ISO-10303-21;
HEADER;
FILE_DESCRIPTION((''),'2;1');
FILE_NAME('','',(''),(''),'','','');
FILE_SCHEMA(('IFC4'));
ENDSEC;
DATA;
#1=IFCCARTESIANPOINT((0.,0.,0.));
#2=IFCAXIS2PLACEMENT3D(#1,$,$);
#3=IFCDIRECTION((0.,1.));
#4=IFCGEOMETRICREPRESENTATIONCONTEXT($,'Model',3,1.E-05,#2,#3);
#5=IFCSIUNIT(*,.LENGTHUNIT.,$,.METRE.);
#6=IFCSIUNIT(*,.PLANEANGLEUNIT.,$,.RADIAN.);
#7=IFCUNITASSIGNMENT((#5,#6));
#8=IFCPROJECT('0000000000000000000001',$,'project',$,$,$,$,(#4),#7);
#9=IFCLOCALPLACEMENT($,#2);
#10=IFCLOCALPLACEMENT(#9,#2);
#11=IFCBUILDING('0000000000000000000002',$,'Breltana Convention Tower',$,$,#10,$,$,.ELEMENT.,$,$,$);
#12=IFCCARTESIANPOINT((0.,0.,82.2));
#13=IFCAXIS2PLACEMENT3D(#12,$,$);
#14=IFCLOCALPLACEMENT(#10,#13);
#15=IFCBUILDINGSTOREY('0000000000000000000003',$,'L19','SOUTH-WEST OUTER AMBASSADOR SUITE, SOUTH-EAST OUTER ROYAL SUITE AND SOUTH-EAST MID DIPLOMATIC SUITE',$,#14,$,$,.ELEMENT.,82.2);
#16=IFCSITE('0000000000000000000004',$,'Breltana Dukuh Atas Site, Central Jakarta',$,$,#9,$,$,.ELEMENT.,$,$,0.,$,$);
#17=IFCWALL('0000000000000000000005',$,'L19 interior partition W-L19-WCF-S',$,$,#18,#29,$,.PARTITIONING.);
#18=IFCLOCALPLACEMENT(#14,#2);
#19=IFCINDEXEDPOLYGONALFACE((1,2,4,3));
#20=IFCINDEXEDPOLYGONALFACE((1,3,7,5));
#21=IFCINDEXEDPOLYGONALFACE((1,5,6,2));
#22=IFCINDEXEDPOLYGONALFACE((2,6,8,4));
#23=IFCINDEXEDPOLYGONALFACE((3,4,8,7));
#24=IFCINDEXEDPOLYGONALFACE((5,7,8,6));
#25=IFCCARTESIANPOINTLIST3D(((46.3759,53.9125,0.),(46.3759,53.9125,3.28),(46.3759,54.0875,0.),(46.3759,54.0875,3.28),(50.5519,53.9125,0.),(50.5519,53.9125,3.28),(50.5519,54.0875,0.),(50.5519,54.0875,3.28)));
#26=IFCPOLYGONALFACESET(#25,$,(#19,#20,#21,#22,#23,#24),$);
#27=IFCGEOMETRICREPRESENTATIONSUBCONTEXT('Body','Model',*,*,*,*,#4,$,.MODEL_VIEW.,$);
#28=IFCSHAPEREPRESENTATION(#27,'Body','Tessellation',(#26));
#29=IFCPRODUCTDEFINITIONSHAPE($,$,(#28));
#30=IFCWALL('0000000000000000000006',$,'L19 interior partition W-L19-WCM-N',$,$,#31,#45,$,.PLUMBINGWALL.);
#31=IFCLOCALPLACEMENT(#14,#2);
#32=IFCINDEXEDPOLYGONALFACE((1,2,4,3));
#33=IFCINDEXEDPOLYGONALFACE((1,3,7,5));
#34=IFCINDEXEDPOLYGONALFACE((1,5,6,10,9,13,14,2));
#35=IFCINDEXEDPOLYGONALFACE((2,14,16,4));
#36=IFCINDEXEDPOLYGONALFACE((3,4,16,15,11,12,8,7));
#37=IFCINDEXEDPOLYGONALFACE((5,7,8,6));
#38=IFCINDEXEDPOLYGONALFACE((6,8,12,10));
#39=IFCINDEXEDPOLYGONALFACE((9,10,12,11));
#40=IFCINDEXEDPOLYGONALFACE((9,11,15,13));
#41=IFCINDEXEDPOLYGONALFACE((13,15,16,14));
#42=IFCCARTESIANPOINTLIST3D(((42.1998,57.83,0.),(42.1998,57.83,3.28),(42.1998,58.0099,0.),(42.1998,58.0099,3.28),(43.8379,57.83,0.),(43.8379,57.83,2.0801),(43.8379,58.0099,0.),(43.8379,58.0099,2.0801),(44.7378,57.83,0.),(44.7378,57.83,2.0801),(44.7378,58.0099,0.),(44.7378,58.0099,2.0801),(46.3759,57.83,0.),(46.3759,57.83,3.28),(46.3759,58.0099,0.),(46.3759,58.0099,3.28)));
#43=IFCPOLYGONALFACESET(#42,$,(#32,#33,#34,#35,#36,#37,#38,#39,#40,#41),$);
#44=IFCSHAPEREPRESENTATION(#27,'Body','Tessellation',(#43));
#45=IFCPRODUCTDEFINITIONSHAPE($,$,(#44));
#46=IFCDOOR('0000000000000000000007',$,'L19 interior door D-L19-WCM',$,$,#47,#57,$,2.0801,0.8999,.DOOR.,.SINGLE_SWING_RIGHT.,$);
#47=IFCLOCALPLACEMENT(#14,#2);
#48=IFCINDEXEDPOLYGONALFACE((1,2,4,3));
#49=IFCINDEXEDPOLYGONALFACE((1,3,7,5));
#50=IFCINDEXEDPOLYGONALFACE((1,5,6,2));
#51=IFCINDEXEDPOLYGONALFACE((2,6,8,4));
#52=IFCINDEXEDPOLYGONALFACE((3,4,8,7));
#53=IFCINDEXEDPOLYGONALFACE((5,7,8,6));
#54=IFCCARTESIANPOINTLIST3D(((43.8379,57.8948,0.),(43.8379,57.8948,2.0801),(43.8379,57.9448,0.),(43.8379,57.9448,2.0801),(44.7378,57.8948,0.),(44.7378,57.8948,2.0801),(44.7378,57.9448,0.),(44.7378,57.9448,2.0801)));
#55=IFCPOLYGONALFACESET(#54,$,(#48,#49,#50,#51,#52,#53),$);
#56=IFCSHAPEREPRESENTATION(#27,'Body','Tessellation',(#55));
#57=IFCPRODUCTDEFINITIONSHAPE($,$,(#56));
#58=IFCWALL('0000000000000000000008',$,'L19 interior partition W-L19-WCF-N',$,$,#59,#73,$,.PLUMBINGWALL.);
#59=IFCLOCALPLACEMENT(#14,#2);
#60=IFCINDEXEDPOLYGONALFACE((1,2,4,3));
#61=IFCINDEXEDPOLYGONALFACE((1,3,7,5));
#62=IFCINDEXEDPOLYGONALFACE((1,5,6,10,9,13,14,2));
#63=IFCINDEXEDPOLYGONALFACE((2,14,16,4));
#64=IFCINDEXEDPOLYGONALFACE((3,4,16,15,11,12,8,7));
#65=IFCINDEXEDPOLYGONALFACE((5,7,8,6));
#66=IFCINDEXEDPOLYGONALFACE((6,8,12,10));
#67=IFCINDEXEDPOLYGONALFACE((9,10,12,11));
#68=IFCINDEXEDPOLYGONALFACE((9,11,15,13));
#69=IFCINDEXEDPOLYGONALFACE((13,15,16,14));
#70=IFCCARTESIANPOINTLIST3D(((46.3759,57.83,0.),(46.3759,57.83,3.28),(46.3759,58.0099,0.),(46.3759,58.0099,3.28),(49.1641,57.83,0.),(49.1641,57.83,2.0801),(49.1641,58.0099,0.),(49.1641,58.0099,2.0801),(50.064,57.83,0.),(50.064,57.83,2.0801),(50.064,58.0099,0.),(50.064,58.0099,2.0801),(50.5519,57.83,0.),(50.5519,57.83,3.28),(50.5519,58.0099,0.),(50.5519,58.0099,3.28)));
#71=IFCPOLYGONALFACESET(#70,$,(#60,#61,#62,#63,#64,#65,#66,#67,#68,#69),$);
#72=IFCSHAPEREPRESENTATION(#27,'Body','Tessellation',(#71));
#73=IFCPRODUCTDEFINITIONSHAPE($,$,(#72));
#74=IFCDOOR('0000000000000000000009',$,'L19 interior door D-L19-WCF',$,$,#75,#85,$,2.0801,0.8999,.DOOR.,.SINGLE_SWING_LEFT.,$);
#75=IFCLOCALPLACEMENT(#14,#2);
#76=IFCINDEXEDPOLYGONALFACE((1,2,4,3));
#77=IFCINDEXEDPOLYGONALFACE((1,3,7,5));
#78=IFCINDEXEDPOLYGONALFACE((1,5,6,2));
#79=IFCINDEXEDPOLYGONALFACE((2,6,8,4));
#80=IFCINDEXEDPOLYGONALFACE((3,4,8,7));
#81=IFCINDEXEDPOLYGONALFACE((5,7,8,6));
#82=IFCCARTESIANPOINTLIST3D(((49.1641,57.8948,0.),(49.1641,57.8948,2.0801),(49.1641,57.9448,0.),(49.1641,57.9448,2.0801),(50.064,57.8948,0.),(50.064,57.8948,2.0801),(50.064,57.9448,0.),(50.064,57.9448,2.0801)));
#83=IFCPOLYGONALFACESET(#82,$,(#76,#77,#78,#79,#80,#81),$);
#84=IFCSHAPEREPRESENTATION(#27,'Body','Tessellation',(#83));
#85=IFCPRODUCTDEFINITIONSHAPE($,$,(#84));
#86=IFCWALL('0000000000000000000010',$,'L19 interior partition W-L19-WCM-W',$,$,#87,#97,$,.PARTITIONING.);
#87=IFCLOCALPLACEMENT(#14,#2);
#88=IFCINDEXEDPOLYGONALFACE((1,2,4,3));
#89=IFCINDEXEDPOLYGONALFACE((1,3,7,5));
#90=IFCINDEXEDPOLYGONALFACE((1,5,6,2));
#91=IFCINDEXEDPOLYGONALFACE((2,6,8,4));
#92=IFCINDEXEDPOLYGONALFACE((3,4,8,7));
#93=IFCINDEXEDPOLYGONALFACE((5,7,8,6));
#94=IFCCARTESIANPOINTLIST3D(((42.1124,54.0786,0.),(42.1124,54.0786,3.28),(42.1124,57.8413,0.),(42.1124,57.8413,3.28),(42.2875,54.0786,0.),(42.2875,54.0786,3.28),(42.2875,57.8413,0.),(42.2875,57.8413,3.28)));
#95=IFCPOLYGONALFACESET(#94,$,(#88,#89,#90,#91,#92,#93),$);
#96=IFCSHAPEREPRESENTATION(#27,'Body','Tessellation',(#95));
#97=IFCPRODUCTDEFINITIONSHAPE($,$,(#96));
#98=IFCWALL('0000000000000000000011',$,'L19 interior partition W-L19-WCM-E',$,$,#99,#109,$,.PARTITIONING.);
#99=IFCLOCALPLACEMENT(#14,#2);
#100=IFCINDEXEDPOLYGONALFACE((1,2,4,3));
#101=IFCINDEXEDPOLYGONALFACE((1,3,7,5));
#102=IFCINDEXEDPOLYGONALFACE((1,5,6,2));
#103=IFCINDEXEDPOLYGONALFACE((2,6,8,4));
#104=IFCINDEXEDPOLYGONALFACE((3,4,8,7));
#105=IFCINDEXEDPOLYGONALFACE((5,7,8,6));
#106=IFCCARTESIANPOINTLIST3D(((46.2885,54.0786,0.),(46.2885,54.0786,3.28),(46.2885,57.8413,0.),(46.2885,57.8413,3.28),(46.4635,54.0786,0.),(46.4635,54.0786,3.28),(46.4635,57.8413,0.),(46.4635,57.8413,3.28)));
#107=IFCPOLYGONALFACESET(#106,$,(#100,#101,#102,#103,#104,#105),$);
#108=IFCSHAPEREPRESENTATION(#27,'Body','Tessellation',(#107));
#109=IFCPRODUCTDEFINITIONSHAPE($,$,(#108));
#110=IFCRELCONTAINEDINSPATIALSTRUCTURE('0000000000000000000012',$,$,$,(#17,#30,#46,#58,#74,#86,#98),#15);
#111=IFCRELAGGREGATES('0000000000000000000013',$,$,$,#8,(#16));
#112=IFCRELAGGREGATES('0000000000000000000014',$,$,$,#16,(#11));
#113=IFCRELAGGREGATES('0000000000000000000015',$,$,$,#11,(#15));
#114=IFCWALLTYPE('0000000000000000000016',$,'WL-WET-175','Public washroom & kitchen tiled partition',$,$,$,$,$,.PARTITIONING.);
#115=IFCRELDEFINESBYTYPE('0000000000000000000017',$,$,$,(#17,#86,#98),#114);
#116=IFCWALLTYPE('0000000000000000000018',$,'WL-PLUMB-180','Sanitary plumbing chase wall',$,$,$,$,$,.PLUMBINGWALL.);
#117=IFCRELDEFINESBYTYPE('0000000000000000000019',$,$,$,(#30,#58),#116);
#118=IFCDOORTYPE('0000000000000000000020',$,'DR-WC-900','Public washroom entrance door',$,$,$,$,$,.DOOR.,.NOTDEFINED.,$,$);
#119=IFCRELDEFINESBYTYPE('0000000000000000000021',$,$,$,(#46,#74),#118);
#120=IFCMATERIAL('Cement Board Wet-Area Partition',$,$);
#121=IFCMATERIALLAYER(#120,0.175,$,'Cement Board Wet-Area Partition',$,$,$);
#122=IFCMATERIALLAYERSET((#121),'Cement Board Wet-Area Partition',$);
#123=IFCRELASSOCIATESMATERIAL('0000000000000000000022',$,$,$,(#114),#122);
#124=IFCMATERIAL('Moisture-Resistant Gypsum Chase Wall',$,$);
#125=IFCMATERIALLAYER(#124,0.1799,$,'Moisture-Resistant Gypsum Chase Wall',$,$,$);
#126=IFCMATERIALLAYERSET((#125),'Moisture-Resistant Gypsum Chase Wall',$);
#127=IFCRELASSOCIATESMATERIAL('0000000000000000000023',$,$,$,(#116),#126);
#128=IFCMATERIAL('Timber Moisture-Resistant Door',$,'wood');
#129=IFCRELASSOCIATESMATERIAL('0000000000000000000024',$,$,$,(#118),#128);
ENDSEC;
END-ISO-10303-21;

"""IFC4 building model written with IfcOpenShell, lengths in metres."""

from ifc_helpers import new_model, si_unit, direction, frame, frame_2d, origin, place, context, subcontext, project, spatial, rectangle, extrude, source, transform, mapped, material, layer, layer_set, type_object, type_shapes, element, fill, save


model = new_model("IFC4")

# Units and contexts
model_context = context("Model", 3, precision=1e-05, world=origin(), true_north=direction((0.0, 1.0)))
body_context = subcontext(model_context, "Body", "Model", "MODEL_VIEW")
ifc_project = project(units=[si_unit("LENGTHUNIT", "METRE"), si_unit("PLANEANGLEUNIT", "RADIAN")], contexts=[model_context])

# Site, building, storey
site_placement = place(None, origin())
site = spatial("IfcSite", under=ifc_project, at=site_placement, Name="Breltana Dukuh Atas Site, Central Jakarta", CompositionType="ELEMENT", RefElevation=0.0)
building_placement = place(site_placement, origin())
building = spatial("IfcBuilding", under=site, at=building_placement, Name="Breltana Convention Tower", CompositionType="ELEMENT")
storey_placement = place(building_placement, frame((0.0, 0.0, 82.2)))
storey = spatial("IfcBuildingStorey", under=building, at=storey_placement, Name="L19", Description="SOUTH-WEST OUTER AMBASSADOR SUITE, SOUTH-EAST OUTER ROYAL SUITE AND SOUTH-EAST MID DIPLOMATIC SUITE", CompositionType="ELEMENT", Elevation=82.2)

# Wall
ifc_material_1 = material(Name="Cement Board Wet-Area Partition")
ifc_layer_1 = layer(ifc_material_1, 0.175, Name="Cement Board Wet-Area Partition")
ifc_layer_set_1 = layer_set([ifc_layer_1], Name="Cement Board Wet-Area Partition")
wall_type_1 = type_object("IfcWallType", Name="WL-WET-175", Description="Public washroom & kitchen tiled partition", PredefinedType="PARTITIONING", material=ifc_layer_set_1)
shared_shape_1 = source(origin(), body_context, "Body", "SweptSolid", [
    extrude(rectangle(XDim=4.176, YDim=0.175, at=frame_2d((2.0879, 0.0))), origin(), (0.0, 0.0, 1.0), 3.28),
])
for number, where, z_axis, x_axis, name in (
    (1, (46.376, 54.0, 0.0), (0.0, 0.0, 1.0), (1.0, 0.0, 0.0), "L19 interior partition W-L19-WCF-S"),
):
    element("IfcWall", number, at=place(storey_placement, frame(where, z_axis=z_axis, x_axis=x_axis)), inside=storey, type_object=wall_type_1, Name=name, PredefinedType="PARTITIONING", context=body_context, shape_type="MappedRepresentation", body=[
        mapped(shared_shape_1, transform((0.0, 0.0, 0.0), scale=1.0)),
    ])

# Walls, openings, doors
ifc_material_2 = material(Name="Moisture-Resistant Gypsum Chase Wall")
ifc_layer_2 = layer(ifc_material_2, 0.1799, Name="Moisture-Resistant Gypsum Chase Wall")
ifc_layer_set_2 = layer_set([ifc_layer_2], Name="Moisture-Resistant Gypsum Chase Wall")
wall_type_2 = type_object("IfcWallType", Name="WL-PLUMB-180", Description="Sanitary plumbing chase wall", PredefinedType="PLUMBINGWALL", material=ifc_layer_set_2)
shared_shape_2 = source(origin(), body_context, "Body", "SweptSolid", [
    extrude(rectangle(XDim=4.176, YDim=0.1799, at=frame_2d((2.0879, 0.0))), origin(), (0.0, 0.0, 1.0), 3.28),
])
wall_1_placement = place(storey_placement, frame((42.2, 57.9199, 0.0), z_axis=(0.0, 0.0, 1.0), x_axis=(1.0, 0.0, 0.0)))
wall_1 = element("IfcWall", 2, at=wall_1_placement, inside=storey, type_object=wall_type_2, Name="L19 interior partition W-L19-WCM-N", PredefinedType="PLUMBINGWALL", context=body_context, shape_type="MappedRepresentation", body=[
    mapped(shared_shape_2, transform((0.0, 0.0, 0.0), scale=1.0)),
])
opening_1_placement = place(wall_1_placement, frame((1.6379, 0.0, 0.0)))
opening_1 = element("IfcOpeningElement", 3, at=opening_1_placement, cuts=wall_1, PredefinedType="OPENING", context=body_context, shape_type="SweptSolid", body=[
    extrude(rectangle(XDim=0.8999, YDim=2.0801, at=frame_2d((0.45, 1.04))), frame((0.0, 0.1001, 0.0), z_axis=(0.0, -1.0, 0.0), x_axis=(1.0, 0.0, 0.0)), (0.0, 0.0, 1.0), 0.2),
])
ifc_material_3 = material(Name="Timber Moisture-Resistant Door", Category="wood")
door_type = type_object("IfcDoorType", Name="DR-WC-900", Description="Public washroom entrance door", OperationType="NOTDEFINED", PredefinedType="DOOR", material=ifc_material_3)
shared_shape_3 = source(origin(), body_context, "Body", "SweptSolid", [
    extrude(rectangle(XDim=0.8999, YDim=2.0801, at=frame_2d((0.45, 1.04))), frame((0.0, 0.0249, 0.0), z_axis=(0.0, -1.0, 0.0), x_axis=(1.0, 0.0, 0.0)), (0.0, 0.0, 1.0), 0.05),
])
type_shapes(door_type, [shared_shape_3])
door_1_placement = place(opening_1_placement, origin())
door_1 = element("IfcDoor", 4, at=door_1_placement, inside=storey, type_object=door_type, Name="L19 interior door D-L19-WCM", OperationType="SINGLE_SWING_RIGHT", OverallHeight=2.0801, OverallWidth=0.8999, PredefinedType="DOOR", context=body_context, shape_type="MappedRepresentation", body=[
    mapped(shared_shape_3, transform((0.0, 0.0, 0.0), scale=1.0)),
])
fill(opening_1, door_1)
wall_2_placement = place(storey_placement, frame((46.376, 57.9199, 0.0), z_axis=(0.0, 0.0, 1.0), x_axis=(1.0, 0.0, 0.0)))
wall_2 = element("IfcWall", 5, at=wall_2_placement, inside=storey, type_object=wall_type_2, Name="L19 interior partition W-L19-WCF-N", PredefinedType="PLUMBINGWALL", context=body_context, shape_type="MappedRepresentation", body=[
    mapped(shared_shape_2, transform((0.0, 0.0, 0.0), scale=1.0)),
])
opening_2_placement = place(wall_2_placement, frame((2.7881, 0.0, 0.0)))
opening_2 = element("IfcOpeningElement", 6, at=opening_2_placement, cuts=wall_2, PredefinedType="OPENING", context=body_context, shape_type="SweptSolid", body=[
    extrude(rectangle(XDim=0.8999, YDim=2.0801, at=frame_2d((0.45, 1.04))), frame((0.0, 0.1001, 0.0), z_axis=(0.0, -1.0, 0.0), x_axis=(1.0, 0.0, 0.0)), (0.0, 0.0, 1.0), 0.2),
])
door_2_placement = place(opening_2_placement, origin())
door_2 = element("IfcDoor", 7, at=door_2_placement, inside=storey, type_object=door_type, Name="L19 interior door D-L19-WCF", OperationType="SINGLE_SWING_LEFT", OverallHeight=2.0801, OverallWidth=0.8999, PredefinedType="DOOR", context=body_context, shape_type="MappedRepresentation", body=[
    mapped(shared_shape_3, transform((0.0, 0.0, 0.0), scale=1.0)),
])
fill(opening_2, door_2)

# Walls
shared_shape_4 = source(origin(), body_context, "Body", "SweptSolid", [
    extrude(rectangle(XDim=3.7627, YDim=0.175, at=frame_2d((1.8813, 0.0))), origin(), (0.0, 0.0, 1.0), 3.28),
])
for number, where, z_axis, x_axis, name in (
    (8, (42.2, 54.0786, 0.0), (0.0, 0.0, 1.0), (0.0, 1.0, 0.0), "L19 interior partition W-L19-WCM-W"),
    (9, (46.376, 54.0786, 0.0), (0.0, 0.0, 1.0), (0.0, 1.0, 0.0), "L19 interior partition W-L19-WCM-E"),
):
    element("IfcWall", number, at=place(storey_placement, frame(where, z_axis=z_axis, x_axis=x_axis)), inside=storey, type_object=wall_type_1, Name=name, PredefinedType="PARTITIONING", context=body_context, shape_type="MappedRepresentation", body=[
        mapped(shared_shape_4, transform((0.0, 0.0, 0.0), scale=1.0)),
    ])

save(model, "model.ifc")
